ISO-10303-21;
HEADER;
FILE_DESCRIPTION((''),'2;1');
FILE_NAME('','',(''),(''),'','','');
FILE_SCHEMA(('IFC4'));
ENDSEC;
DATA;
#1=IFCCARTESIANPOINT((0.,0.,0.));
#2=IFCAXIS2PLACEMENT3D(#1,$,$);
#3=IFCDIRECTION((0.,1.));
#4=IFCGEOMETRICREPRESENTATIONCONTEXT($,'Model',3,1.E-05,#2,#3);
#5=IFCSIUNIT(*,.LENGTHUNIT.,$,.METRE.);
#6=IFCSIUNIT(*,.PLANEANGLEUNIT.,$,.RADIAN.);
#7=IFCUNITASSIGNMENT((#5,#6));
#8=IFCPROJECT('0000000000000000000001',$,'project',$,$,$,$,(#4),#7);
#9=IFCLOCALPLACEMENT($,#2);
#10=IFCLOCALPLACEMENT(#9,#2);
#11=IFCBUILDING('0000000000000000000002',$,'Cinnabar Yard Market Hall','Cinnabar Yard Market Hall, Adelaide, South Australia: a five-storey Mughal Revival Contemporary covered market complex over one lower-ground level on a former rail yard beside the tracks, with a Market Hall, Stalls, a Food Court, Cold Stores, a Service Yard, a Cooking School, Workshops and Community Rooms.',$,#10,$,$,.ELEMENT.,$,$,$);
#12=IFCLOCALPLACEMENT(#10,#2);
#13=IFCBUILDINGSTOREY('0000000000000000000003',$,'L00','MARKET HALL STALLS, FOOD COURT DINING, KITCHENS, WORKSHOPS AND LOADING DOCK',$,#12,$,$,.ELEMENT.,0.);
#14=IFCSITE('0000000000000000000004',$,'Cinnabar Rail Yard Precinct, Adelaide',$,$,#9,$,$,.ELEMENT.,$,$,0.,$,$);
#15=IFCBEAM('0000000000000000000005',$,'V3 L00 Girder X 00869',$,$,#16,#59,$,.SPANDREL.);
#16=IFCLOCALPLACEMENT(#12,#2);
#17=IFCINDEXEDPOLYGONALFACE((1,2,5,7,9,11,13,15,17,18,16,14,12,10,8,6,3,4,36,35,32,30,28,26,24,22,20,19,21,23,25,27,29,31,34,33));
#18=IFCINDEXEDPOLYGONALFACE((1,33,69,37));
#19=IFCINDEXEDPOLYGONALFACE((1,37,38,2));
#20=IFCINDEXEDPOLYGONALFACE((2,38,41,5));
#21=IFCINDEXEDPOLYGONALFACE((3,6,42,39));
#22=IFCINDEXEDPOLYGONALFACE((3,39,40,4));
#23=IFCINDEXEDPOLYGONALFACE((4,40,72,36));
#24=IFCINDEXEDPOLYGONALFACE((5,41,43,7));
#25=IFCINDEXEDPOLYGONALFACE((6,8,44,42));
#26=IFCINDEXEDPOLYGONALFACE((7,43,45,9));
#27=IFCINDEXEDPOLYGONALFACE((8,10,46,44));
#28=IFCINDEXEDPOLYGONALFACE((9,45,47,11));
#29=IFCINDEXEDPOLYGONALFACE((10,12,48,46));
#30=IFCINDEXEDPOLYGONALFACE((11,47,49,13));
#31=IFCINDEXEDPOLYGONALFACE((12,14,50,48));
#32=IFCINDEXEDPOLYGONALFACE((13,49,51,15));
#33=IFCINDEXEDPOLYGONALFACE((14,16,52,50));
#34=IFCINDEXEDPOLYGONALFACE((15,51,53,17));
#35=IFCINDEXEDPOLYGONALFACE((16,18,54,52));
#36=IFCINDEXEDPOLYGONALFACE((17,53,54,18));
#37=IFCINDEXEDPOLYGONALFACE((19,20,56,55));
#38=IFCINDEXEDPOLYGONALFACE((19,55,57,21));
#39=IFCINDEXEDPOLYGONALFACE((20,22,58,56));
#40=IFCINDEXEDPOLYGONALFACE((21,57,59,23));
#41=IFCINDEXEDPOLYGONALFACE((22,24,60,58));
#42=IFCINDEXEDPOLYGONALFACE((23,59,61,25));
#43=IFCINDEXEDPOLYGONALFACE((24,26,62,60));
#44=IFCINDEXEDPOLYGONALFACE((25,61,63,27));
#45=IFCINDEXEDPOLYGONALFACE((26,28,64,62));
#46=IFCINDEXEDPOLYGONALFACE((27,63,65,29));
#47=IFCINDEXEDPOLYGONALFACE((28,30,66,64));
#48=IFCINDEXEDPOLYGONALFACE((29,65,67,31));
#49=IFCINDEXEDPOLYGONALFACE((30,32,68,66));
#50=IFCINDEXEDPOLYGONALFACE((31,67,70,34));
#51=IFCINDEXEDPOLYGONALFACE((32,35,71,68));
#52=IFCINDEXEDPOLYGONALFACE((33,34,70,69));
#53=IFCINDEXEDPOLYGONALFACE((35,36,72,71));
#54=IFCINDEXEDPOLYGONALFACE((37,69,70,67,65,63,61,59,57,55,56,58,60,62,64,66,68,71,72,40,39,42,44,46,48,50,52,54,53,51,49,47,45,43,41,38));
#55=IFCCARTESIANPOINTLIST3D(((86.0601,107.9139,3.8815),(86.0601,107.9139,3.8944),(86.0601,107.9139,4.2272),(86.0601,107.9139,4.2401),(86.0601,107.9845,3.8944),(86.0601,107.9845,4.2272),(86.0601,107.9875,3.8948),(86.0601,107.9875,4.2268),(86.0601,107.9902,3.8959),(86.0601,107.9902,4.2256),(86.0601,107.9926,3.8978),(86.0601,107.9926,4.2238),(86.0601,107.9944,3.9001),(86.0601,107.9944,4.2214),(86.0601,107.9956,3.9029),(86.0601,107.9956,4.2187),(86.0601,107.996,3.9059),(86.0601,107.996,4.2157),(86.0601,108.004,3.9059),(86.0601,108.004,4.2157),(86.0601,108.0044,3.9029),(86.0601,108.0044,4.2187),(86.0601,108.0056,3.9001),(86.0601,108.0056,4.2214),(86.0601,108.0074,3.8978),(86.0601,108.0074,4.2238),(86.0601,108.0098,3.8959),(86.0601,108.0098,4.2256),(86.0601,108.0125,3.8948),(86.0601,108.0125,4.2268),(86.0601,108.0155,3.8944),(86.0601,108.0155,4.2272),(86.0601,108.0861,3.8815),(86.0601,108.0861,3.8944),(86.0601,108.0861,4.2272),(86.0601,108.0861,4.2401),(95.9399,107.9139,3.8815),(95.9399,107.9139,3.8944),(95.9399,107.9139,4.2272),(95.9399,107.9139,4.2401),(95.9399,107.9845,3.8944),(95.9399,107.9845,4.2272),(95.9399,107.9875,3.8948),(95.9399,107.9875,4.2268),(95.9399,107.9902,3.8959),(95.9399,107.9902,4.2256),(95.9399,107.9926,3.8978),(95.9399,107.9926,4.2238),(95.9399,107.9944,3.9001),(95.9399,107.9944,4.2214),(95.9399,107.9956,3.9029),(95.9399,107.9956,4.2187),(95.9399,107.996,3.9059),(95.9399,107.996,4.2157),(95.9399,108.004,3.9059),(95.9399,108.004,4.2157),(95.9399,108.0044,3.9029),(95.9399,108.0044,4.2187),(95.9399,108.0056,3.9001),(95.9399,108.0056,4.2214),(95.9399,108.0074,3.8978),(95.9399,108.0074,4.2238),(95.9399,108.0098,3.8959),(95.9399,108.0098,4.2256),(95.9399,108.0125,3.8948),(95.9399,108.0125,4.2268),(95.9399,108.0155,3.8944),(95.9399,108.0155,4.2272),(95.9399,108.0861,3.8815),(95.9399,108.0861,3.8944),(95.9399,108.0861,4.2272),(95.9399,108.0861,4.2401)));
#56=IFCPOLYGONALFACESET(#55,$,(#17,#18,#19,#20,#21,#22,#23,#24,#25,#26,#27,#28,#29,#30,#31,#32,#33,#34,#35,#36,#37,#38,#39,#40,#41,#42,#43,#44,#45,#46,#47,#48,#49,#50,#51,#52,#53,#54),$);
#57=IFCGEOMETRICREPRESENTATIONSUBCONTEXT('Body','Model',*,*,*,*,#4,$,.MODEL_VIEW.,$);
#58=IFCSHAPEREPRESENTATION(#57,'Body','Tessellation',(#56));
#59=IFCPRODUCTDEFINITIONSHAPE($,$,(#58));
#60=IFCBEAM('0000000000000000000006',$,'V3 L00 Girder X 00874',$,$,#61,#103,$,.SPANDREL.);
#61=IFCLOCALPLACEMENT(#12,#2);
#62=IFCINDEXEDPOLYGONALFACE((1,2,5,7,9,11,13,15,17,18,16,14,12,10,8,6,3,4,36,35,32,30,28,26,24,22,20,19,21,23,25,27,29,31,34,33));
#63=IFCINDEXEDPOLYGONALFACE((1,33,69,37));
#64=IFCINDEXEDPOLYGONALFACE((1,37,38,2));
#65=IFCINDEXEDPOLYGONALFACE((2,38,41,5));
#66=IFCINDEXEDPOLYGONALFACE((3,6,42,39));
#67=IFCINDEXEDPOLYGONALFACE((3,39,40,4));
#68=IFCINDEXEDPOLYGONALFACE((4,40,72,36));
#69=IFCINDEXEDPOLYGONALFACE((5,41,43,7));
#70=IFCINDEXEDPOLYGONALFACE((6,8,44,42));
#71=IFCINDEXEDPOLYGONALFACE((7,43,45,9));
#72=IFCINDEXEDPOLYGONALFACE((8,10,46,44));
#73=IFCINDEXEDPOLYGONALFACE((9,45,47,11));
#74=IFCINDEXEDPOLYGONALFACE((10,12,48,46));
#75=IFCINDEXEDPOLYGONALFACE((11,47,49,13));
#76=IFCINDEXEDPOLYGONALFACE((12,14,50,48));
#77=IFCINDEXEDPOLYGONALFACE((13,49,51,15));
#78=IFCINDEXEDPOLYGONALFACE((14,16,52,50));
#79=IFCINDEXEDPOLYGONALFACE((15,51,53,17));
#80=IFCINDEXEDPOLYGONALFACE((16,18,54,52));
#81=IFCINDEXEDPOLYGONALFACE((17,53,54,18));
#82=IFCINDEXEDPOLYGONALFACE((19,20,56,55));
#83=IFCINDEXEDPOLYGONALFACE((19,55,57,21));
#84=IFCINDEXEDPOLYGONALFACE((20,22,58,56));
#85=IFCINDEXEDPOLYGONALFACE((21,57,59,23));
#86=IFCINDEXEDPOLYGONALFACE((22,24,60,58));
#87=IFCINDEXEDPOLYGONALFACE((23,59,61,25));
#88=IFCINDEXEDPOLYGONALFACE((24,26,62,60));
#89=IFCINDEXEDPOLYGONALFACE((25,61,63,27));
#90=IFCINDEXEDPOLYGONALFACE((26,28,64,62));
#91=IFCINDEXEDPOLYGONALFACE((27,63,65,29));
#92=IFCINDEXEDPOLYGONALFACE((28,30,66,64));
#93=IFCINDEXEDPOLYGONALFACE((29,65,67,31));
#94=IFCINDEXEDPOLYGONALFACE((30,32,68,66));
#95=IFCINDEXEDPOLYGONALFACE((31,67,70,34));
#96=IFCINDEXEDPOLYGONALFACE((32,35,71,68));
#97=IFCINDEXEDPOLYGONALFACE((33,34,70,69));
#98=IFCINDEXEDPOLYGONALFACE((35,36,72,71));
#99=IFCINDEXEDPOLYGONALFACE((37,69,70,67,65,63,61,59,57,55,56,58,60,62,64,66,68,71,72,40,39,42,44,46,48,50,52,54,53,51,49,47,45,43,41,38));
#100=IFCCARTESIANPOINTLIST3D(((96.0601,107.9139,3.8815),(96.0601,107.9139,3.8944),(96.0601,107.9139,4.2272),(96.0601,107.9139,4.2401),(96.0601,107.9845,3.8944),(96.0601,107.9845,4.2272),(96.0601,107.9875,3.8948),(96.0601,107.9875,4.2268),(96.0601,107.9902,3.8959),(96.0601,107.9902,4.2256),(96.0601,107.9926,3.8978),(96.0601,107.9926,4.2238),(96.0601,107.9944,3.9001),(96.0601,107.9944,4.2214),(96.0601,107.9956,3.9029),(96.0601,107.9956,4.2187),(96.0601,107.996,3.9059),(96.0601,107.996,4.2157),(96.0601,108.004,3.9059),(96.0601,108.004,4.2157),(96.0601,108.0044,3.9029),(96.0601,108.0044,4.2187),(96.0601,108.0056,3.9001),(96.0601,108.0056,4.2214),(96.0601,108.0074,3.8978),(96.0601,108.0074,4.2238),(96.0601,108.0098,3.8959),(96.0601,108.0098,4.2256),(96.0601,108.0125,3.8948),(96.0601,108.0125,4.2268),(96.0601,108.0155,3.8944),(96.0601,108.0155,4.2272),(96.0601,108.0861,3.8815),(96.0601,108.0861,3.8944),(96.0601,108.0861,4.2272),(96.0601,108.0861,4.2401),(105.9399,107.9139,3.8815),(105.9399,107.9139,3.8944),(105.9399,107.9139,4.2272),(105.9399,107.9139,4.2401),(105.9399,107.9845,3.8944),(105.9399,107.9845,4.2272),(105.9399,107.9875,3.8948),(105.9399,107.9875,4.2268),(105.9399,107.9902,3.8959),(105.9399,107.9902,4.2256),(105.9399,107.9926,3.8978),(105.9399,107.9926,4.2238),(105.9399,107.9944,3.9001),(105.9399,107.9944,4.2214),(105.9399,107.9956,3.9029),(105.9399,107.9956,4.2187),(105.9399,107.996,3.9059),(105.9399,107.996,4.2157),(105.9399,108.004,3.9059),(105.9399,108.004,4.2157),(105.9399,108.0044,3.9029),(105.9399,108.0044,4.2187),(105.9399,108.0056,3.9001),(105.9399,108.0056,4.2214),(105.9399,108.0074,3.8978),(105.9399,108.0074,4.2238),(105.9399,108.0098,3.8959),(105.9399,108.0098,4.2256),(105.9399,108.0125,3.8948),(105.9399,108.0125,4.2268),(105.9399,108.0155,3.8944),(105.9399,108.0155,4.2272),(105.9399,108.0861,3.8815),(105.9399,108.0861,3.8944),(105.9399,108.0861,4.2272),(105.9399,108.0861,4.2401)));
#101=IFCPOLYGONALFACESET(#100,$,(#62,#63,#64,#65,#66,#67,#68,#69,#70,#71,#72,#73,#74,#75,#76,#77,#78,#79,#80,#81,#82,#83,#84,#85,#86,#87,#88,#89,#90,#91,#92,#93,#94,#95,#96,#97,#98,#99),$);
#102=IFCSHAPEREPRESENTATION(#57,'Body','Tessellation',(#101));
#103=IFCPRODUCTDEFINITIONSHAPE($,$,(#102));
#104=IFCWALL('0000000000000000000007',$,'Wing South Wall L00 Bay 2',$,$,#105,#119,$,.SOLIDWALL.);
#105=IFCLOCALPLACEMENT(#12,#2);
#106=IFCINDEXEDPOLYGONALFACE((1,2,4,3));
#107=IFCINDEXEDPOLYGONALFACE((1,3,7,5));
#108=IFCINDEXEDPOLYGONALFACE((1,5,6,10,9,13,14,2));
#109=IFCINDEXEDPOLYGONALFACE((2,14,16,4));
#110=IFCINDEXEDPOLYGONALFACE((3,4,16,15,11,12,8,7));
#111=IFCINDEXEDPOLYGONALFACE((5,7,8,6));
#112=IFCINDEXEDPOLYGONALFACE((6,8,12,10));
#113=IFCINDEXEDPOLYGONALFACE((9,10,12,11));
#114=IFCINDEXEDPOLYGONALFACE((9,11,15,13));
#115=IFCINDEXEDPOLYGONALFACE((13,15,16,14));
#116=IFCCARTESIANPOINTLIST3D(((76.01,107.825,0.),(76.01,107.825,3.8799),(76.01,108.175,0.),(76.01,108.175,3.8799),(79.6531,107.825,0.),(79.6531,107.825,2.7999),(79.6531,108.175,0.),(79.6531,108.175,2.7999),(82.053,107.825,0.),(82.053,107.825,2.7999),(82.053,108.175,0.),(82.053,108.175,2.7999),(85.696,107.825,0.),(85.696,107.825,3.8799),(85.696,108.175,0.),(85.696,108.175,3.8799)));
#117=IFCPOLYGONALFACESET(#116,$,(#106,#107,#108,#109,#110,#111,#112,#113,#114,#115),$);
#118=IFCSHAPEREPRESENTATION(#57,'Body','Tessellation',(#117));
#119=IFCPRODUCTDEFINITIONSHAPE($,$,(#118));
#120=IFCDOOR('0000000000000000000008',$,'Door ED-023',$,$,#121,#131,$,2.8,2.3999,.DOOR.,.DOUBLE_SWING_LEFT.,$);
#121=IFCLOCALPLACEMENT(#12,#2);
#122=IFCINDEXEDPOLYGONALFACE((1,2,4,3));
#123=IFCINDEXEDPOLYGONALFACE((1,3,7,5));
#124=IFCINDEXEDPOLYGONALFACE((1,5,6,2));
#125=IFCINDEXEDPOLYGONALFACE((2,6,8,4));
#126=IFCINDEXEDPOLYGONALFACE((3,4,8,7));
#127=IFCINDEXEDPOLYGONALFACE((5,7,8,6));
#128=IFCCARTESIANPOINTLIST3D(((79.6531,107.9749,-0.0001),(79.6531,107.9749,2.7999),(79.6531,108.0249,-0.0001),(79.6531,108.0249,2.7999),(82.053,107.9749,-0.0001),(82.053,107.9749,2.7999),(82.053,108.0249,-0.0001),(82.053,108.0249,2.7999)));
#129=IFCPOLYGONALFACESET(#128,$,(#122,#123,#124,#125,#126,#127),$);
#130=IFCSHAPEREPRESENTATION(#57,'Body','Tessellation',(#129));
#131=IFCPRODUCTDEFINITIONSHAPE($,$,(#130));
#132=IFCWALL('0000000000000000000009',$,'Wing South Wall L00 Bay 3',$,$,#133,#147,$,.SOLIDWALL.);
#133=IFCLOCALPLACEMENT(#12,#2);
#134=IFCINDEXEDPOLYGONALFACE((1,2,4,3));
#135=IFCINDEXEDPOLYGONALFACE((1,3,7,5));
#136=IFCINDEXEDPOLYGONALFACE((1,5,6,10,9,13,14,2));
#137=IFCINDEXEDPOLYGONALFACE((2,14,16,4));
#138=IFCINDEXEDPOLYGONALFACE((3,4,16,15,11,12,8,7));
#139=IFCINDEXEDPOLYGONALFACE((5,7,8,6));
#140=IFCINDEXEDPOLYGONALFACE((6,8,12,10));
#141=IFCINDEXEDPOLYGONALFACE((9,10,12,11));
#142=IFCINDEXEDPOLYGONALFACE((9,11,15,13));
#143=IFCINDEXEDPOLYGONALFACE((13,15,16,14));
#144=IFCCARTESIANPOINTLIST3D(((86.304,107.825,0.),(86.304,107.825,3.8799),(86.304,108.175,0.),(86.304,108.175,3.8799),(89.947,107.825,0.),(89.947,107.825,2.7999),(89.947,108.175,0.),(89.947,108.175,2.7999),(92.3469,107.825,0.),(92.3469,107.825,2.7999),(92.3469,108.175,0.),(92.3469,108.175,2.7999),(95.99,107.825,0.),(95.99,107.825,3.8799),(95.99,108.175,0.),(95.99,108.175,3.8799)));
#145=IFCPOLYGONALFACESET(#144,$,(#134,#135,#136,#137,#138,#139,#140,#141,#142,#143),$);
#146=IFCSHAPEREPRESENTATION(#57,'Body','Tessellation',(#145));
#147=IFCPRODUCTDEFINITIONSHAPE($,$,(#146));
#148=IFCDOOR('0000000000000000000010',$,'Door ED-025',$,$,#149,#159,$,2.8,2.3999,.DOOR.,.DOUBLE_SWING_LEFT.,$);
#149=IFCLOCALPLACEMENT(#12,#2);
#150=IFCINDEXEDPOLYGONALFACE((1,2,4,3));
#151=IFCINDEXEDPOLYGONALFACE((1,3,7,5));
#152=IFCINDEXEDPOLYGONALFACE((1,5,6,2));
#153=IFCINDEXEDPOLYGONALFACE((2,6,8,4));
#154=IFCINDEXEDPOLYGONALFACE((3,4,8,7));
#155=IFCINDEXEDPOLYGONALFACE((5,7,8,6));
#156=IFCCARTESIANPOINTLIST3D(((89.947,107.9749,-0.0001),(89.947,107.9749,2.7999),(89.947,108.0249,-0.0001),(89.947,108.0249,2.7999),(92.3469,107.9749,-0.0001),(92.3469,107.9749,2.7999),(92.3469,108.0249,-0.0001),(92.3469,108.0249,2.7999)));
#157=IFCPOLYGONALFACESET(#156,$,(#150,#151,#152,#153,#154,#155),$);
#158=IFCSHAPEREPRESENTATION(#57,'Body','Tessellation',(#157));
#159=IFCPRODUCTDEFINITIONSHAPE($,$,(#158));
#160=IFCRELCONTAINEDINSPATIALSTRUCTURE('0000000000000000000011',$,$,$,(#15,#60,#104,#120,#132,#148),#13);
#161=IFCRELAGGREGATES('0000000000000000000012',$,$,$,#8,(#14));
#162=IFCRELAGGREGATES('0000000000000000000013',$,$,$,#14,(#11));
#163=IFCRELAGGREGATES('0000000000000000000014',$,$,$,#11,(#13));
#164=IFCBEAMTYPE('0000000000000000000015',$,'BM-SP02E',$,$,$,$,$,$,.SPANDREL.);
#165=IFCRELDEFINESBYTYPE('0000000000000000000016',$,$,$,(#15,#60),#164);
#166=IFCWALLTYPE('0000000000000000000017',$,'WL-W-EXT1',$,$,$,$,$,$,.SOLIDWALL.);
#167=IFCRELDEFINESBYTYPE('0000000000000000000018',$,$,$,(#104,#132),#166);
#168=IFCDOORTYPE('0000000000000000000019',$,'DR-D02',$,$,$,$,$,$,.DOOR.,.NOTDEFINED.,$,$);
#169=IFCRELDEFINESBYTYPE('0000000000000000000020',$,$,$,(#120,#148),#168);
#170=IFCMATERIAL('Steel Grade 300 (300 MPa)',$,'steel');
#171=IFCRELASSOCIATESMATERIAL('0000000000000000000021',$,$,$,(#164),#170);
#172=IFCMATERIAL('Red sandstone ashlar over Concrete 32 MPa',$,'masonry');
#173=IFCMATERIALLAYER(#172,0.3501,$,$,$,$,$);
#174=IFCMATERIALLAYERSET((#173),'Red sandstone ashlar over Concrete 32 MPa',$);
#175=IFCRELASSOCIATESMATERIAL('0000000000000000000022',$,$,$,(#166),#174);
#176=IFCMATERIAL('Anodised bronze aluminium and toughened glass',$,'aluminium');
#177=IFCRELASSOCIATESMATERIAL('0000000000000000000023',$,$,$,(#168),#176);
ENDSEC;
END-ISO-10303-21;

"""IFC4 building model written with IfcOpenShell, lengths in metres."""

from ifc_helpers import new_model, si_unit, direction, frame, frame_2d, origin, origin_2d_with_axis, place, context, subcontext, project, spatial, rectangle, i_section, extrude, material, layer, layer_set, material_profile, profile_set, type_object, element, fill, save


model = new_model("IFC4")

# Units and contexts
model_context = context("Model", 3, precision=1e-05, world=origin(), true_north=direction((0.0, 1.0)))
body_context = subcontext(model_context, "Body", "Model", "MODEL_VIEW")
ifc_project = project(units=[si_unit("LENGTHUNIT", "METRE"), si_unit("PLANEANGLEUNIT", "RADIAN")], contexts=[model_context])

# Site, building, storey
site_placement = place(None, origin())
site = spatial("IfcSite", under=ifc_project, at=site_placement, Name="Cinnabar Rail Yard Precinct, Adelaide", CompositionType="ELEMENT", RefElevation=0.0)
building_placement = place(site_placement, origin())
building = spatial("IfcBuilding", under=site, at=building_placement, Name="Cinnabar Yard Market Hall", Description="Cinnabar Yard Market Hall, Adelaide, South Australia: a five-storey Mughal Revival Contemporary covered market complex over one lower-ground level on a former rail yard beside the tracks, with a Market Hall, Stalls, a Food Court, Cold Stores, a Service Yard, a Cooking School, Workshops and Community Rooms.", CompositionType="ELEMENT")
storey_placement = place(building_placement, origin())
storey = spatial("IfcBuildingStorey", under=building, at=storey_placement, Name="L00", Description="MARKET HALL STALLS, FOOD COURT DINING, KITCHENS, WORKSHOPS AND LOADING DOCK", CompositionType="ELEMENT", Elevation=0.0)

# Shared definitions
ifc_material_1 = material(Name="Steel Grade 300 (300 MPa)", Category="steel")

# Beams
ifc_material_profile_1 = material_profile(ifc_material_1, i_section(OverallWidth=0.1721, OverallDepth=0.3586, WebThickness=0.0081, FlangeThickness=0.0129, FilletRadius=0.0115, at=origin_2d_with_axis()), Name="360UB56.7")
ifc_profile_set_1 = profile_set([ifc_material_profile_1], Name="Steel Grade 300 (300 MPa)")
beam_type_1 = type_object("IfcBeamType", Name="BM-SP02E", PredefinedType="SPANDREL", material=ifc_profile_set_1)
for number, where, z_axis, x_axis, name in (
    (1, (86.0601, 108.0, 4.0608), (1.0, 0.0, 0.0), (0.0, 1.0, 0.0), "V3 L00 Girder X 00869"),
    (2, (96.0601, 108.0, 4.0608), (1.0, 0.0, 0.0), (0.0, 1.0, 0.0), "V3 L00 Girder X 00874"),
):
    element("IfcBeam", number, at=place(storey_placement, frame(where, z_axis=z_axis, x_axis=x_axis)), inside=storey, type_object=beam_type_1, Name=name, PredefinedType="SPANDREL", context=body_context, shape_type="SweptSolid", body=[
        extrude(i_section(OverallWidth=0.1721, OverallDepth=0.3586, WebThickness=0.0081, FlangeThickness=0.0129, FilletRadius=0.0115, at=origin_2d_with_axis()), origin(), (0.0, 0.0, 1.0), 9.8799),
    ])

# Walls, openings, doors
ifc_material_2 = material(Name="Red sandstone ashlar over Concrete 32 MPa", Category="masonry")
ifc_layer = layer(ifc_material_2, 0.3501)
ifc_layer_set = layer_set([ifc_layer], Name="Red sandstone ashlar over Concrete 32 MPa")
wall_type = type_object("IfcWallType", Name="WL-W-EXT1", PredefinedType="SOLIDWALL", material=ifc_layer_set)
wall_1_placement = place(storey_placement, frame((76.01, 108.0, 0.0), z_axis=(0.0, 0.0, 1.0), x_axis=(1.0, 0.0, 0.0)))
wall_1 = element("IfcWall", 3, at=wall_1_placement, inside=storey, type_object=wall_type, Name="Wing South Wall L00 Bay 2", PredefinedType="SOLIDWALL", context=body_context, shape_type="SweptSolid", body=[
    extrude(rectangle(XDim=9.686, YDim=0.3501, at=frame_2d((4.843, 0.0), x_axis=(1.0, 0.0))), origin(), (0.0, 0.0, 1.0), 3.8799),
])
opening_1_placement = place(wall_1_placement, frame((3.6431, 0.0, 0.0)))
opening_1 = element("IfcOpeningElement", 4, at=opening_1_placement, cuts=wall_1, PredefinedType="OPENING", context=body_context, shape_type="SweptSolid", body=[
    extrude(rectangle(XDim=2.3999, YDim=2.8, at=frame_2d((1.2, 1.3999), x_axis=(1.0, 0.0))), frame((0.0, 0.1851, 0.0), z_axis=(0.0, -1.0, 0.0), x_axis=(1.0, 0.0, 0.0)), (0.0, 0.0, 1.0), 0.3701),
])
ifc_material_3 = material(Name="Anodised bronze aluminium and toughened glass", Category="aluminium")
door_type = type_object("IfcDoorType", Name="DR-D02", OperationType="NOTDEFINED", PredefinedType="DOOR", material=ifc_material_3)
door_1_placement = place(opening_1_placement, origin())
door_1 = element("IfcDoor", 5, at=door_1_placement, inside=storey, type_object=door_type, Name="Door ED-023", OperationType="DOUBLE_SWING_LEFT", OverallHeight=2.8, OverallWidth=2.3999, PredefinedType="DOOR", context=body_context, shape_type="SweptSolid", body=[
    extrude(rectangle(XDim=2.3999, YDim=2.8, at=frame_2d((1.2, 1.3999), x_axis=(1.0, 0.0))), frame((0.0, 0.0249, 0.0), z_axis=(0.0, -1.0, 0.0), x_axis=(1.0, 0.0, 0.0)), (0.0, 0.0, 1.0), 0.05),
])
fill(opening_1, door_1)
wall_2_placement = place(storey_placement, frame((86.304, 108.0, 0.0), z_axis=(0.0, 0.0, 1.0), x_axis=(1.0, 0.0, 0.0)))
wall_2 = element("IfcWall", 6, at=wall_2_placement, inside=storey, type_object=wall_type, Name="Wing South Wall L00 Bay 3", PredefinedType="SOLIDWALL", context=body_context, shape_type="SweptSolid", body=[
    extrude(rectangle(XDim=9.686, YDim=0.3501, at=frame_2d((4.843, 0.0), x_axis=(1.0, 0.0))), origin(), (0.0, 0.0, 1.0), 3.8799),
])
opening_2_placement = place(wall_2_placement, frame((3.6431, 0.0, 0.0)))
opening_2 = element("IfcOpeningElement", 7, at=opening_2_placement, cuts=wall_2, PredefinedType="OPENING", context=body_context, shape_type="SweptSolid", body=[
    extrude(rectangle(XDim=2.3999, YDim=2.8, at=frame_2d((1.2, 1.3999), x_axis=(1.0, 0.0))), frame((0.0, 0.1851, 0.0), z_axis=(0.0, -1.0, 0.0), x_axis=(1.0, 0.0, 0.0)), (0.0, 0.0, 1.0), 0.3701),
])
door_2_placement = place(opening_2_placement, origin())
door_2 = element("IfcDoor", 8, at=door_2_placement, inside=storey, type_object=door_type, Name="Door ED-025", OperationType="DOUBLE_SWING_LEFT", OverallHeight=2.8, OverallWidth=2.3999, PredefinedType="DOOR", context=body_context, shape_type="SweptSolid", body=[
    extrude(rectangle(XDim=2.3999, YDim=2.8, at=frame_2d((1.2, 1.3999), x_axis=(1.0, 0.0))), frame((0.0, 0.0249, 0.0), z_axis=(0.0, -1.0, 0.0), x_axis=(1.0, 0.0, 0.0)), (0.0, 0.0, 1.0), 0.05),
])
fill(opening_2, door_2)

save(model, "model.ifc")
